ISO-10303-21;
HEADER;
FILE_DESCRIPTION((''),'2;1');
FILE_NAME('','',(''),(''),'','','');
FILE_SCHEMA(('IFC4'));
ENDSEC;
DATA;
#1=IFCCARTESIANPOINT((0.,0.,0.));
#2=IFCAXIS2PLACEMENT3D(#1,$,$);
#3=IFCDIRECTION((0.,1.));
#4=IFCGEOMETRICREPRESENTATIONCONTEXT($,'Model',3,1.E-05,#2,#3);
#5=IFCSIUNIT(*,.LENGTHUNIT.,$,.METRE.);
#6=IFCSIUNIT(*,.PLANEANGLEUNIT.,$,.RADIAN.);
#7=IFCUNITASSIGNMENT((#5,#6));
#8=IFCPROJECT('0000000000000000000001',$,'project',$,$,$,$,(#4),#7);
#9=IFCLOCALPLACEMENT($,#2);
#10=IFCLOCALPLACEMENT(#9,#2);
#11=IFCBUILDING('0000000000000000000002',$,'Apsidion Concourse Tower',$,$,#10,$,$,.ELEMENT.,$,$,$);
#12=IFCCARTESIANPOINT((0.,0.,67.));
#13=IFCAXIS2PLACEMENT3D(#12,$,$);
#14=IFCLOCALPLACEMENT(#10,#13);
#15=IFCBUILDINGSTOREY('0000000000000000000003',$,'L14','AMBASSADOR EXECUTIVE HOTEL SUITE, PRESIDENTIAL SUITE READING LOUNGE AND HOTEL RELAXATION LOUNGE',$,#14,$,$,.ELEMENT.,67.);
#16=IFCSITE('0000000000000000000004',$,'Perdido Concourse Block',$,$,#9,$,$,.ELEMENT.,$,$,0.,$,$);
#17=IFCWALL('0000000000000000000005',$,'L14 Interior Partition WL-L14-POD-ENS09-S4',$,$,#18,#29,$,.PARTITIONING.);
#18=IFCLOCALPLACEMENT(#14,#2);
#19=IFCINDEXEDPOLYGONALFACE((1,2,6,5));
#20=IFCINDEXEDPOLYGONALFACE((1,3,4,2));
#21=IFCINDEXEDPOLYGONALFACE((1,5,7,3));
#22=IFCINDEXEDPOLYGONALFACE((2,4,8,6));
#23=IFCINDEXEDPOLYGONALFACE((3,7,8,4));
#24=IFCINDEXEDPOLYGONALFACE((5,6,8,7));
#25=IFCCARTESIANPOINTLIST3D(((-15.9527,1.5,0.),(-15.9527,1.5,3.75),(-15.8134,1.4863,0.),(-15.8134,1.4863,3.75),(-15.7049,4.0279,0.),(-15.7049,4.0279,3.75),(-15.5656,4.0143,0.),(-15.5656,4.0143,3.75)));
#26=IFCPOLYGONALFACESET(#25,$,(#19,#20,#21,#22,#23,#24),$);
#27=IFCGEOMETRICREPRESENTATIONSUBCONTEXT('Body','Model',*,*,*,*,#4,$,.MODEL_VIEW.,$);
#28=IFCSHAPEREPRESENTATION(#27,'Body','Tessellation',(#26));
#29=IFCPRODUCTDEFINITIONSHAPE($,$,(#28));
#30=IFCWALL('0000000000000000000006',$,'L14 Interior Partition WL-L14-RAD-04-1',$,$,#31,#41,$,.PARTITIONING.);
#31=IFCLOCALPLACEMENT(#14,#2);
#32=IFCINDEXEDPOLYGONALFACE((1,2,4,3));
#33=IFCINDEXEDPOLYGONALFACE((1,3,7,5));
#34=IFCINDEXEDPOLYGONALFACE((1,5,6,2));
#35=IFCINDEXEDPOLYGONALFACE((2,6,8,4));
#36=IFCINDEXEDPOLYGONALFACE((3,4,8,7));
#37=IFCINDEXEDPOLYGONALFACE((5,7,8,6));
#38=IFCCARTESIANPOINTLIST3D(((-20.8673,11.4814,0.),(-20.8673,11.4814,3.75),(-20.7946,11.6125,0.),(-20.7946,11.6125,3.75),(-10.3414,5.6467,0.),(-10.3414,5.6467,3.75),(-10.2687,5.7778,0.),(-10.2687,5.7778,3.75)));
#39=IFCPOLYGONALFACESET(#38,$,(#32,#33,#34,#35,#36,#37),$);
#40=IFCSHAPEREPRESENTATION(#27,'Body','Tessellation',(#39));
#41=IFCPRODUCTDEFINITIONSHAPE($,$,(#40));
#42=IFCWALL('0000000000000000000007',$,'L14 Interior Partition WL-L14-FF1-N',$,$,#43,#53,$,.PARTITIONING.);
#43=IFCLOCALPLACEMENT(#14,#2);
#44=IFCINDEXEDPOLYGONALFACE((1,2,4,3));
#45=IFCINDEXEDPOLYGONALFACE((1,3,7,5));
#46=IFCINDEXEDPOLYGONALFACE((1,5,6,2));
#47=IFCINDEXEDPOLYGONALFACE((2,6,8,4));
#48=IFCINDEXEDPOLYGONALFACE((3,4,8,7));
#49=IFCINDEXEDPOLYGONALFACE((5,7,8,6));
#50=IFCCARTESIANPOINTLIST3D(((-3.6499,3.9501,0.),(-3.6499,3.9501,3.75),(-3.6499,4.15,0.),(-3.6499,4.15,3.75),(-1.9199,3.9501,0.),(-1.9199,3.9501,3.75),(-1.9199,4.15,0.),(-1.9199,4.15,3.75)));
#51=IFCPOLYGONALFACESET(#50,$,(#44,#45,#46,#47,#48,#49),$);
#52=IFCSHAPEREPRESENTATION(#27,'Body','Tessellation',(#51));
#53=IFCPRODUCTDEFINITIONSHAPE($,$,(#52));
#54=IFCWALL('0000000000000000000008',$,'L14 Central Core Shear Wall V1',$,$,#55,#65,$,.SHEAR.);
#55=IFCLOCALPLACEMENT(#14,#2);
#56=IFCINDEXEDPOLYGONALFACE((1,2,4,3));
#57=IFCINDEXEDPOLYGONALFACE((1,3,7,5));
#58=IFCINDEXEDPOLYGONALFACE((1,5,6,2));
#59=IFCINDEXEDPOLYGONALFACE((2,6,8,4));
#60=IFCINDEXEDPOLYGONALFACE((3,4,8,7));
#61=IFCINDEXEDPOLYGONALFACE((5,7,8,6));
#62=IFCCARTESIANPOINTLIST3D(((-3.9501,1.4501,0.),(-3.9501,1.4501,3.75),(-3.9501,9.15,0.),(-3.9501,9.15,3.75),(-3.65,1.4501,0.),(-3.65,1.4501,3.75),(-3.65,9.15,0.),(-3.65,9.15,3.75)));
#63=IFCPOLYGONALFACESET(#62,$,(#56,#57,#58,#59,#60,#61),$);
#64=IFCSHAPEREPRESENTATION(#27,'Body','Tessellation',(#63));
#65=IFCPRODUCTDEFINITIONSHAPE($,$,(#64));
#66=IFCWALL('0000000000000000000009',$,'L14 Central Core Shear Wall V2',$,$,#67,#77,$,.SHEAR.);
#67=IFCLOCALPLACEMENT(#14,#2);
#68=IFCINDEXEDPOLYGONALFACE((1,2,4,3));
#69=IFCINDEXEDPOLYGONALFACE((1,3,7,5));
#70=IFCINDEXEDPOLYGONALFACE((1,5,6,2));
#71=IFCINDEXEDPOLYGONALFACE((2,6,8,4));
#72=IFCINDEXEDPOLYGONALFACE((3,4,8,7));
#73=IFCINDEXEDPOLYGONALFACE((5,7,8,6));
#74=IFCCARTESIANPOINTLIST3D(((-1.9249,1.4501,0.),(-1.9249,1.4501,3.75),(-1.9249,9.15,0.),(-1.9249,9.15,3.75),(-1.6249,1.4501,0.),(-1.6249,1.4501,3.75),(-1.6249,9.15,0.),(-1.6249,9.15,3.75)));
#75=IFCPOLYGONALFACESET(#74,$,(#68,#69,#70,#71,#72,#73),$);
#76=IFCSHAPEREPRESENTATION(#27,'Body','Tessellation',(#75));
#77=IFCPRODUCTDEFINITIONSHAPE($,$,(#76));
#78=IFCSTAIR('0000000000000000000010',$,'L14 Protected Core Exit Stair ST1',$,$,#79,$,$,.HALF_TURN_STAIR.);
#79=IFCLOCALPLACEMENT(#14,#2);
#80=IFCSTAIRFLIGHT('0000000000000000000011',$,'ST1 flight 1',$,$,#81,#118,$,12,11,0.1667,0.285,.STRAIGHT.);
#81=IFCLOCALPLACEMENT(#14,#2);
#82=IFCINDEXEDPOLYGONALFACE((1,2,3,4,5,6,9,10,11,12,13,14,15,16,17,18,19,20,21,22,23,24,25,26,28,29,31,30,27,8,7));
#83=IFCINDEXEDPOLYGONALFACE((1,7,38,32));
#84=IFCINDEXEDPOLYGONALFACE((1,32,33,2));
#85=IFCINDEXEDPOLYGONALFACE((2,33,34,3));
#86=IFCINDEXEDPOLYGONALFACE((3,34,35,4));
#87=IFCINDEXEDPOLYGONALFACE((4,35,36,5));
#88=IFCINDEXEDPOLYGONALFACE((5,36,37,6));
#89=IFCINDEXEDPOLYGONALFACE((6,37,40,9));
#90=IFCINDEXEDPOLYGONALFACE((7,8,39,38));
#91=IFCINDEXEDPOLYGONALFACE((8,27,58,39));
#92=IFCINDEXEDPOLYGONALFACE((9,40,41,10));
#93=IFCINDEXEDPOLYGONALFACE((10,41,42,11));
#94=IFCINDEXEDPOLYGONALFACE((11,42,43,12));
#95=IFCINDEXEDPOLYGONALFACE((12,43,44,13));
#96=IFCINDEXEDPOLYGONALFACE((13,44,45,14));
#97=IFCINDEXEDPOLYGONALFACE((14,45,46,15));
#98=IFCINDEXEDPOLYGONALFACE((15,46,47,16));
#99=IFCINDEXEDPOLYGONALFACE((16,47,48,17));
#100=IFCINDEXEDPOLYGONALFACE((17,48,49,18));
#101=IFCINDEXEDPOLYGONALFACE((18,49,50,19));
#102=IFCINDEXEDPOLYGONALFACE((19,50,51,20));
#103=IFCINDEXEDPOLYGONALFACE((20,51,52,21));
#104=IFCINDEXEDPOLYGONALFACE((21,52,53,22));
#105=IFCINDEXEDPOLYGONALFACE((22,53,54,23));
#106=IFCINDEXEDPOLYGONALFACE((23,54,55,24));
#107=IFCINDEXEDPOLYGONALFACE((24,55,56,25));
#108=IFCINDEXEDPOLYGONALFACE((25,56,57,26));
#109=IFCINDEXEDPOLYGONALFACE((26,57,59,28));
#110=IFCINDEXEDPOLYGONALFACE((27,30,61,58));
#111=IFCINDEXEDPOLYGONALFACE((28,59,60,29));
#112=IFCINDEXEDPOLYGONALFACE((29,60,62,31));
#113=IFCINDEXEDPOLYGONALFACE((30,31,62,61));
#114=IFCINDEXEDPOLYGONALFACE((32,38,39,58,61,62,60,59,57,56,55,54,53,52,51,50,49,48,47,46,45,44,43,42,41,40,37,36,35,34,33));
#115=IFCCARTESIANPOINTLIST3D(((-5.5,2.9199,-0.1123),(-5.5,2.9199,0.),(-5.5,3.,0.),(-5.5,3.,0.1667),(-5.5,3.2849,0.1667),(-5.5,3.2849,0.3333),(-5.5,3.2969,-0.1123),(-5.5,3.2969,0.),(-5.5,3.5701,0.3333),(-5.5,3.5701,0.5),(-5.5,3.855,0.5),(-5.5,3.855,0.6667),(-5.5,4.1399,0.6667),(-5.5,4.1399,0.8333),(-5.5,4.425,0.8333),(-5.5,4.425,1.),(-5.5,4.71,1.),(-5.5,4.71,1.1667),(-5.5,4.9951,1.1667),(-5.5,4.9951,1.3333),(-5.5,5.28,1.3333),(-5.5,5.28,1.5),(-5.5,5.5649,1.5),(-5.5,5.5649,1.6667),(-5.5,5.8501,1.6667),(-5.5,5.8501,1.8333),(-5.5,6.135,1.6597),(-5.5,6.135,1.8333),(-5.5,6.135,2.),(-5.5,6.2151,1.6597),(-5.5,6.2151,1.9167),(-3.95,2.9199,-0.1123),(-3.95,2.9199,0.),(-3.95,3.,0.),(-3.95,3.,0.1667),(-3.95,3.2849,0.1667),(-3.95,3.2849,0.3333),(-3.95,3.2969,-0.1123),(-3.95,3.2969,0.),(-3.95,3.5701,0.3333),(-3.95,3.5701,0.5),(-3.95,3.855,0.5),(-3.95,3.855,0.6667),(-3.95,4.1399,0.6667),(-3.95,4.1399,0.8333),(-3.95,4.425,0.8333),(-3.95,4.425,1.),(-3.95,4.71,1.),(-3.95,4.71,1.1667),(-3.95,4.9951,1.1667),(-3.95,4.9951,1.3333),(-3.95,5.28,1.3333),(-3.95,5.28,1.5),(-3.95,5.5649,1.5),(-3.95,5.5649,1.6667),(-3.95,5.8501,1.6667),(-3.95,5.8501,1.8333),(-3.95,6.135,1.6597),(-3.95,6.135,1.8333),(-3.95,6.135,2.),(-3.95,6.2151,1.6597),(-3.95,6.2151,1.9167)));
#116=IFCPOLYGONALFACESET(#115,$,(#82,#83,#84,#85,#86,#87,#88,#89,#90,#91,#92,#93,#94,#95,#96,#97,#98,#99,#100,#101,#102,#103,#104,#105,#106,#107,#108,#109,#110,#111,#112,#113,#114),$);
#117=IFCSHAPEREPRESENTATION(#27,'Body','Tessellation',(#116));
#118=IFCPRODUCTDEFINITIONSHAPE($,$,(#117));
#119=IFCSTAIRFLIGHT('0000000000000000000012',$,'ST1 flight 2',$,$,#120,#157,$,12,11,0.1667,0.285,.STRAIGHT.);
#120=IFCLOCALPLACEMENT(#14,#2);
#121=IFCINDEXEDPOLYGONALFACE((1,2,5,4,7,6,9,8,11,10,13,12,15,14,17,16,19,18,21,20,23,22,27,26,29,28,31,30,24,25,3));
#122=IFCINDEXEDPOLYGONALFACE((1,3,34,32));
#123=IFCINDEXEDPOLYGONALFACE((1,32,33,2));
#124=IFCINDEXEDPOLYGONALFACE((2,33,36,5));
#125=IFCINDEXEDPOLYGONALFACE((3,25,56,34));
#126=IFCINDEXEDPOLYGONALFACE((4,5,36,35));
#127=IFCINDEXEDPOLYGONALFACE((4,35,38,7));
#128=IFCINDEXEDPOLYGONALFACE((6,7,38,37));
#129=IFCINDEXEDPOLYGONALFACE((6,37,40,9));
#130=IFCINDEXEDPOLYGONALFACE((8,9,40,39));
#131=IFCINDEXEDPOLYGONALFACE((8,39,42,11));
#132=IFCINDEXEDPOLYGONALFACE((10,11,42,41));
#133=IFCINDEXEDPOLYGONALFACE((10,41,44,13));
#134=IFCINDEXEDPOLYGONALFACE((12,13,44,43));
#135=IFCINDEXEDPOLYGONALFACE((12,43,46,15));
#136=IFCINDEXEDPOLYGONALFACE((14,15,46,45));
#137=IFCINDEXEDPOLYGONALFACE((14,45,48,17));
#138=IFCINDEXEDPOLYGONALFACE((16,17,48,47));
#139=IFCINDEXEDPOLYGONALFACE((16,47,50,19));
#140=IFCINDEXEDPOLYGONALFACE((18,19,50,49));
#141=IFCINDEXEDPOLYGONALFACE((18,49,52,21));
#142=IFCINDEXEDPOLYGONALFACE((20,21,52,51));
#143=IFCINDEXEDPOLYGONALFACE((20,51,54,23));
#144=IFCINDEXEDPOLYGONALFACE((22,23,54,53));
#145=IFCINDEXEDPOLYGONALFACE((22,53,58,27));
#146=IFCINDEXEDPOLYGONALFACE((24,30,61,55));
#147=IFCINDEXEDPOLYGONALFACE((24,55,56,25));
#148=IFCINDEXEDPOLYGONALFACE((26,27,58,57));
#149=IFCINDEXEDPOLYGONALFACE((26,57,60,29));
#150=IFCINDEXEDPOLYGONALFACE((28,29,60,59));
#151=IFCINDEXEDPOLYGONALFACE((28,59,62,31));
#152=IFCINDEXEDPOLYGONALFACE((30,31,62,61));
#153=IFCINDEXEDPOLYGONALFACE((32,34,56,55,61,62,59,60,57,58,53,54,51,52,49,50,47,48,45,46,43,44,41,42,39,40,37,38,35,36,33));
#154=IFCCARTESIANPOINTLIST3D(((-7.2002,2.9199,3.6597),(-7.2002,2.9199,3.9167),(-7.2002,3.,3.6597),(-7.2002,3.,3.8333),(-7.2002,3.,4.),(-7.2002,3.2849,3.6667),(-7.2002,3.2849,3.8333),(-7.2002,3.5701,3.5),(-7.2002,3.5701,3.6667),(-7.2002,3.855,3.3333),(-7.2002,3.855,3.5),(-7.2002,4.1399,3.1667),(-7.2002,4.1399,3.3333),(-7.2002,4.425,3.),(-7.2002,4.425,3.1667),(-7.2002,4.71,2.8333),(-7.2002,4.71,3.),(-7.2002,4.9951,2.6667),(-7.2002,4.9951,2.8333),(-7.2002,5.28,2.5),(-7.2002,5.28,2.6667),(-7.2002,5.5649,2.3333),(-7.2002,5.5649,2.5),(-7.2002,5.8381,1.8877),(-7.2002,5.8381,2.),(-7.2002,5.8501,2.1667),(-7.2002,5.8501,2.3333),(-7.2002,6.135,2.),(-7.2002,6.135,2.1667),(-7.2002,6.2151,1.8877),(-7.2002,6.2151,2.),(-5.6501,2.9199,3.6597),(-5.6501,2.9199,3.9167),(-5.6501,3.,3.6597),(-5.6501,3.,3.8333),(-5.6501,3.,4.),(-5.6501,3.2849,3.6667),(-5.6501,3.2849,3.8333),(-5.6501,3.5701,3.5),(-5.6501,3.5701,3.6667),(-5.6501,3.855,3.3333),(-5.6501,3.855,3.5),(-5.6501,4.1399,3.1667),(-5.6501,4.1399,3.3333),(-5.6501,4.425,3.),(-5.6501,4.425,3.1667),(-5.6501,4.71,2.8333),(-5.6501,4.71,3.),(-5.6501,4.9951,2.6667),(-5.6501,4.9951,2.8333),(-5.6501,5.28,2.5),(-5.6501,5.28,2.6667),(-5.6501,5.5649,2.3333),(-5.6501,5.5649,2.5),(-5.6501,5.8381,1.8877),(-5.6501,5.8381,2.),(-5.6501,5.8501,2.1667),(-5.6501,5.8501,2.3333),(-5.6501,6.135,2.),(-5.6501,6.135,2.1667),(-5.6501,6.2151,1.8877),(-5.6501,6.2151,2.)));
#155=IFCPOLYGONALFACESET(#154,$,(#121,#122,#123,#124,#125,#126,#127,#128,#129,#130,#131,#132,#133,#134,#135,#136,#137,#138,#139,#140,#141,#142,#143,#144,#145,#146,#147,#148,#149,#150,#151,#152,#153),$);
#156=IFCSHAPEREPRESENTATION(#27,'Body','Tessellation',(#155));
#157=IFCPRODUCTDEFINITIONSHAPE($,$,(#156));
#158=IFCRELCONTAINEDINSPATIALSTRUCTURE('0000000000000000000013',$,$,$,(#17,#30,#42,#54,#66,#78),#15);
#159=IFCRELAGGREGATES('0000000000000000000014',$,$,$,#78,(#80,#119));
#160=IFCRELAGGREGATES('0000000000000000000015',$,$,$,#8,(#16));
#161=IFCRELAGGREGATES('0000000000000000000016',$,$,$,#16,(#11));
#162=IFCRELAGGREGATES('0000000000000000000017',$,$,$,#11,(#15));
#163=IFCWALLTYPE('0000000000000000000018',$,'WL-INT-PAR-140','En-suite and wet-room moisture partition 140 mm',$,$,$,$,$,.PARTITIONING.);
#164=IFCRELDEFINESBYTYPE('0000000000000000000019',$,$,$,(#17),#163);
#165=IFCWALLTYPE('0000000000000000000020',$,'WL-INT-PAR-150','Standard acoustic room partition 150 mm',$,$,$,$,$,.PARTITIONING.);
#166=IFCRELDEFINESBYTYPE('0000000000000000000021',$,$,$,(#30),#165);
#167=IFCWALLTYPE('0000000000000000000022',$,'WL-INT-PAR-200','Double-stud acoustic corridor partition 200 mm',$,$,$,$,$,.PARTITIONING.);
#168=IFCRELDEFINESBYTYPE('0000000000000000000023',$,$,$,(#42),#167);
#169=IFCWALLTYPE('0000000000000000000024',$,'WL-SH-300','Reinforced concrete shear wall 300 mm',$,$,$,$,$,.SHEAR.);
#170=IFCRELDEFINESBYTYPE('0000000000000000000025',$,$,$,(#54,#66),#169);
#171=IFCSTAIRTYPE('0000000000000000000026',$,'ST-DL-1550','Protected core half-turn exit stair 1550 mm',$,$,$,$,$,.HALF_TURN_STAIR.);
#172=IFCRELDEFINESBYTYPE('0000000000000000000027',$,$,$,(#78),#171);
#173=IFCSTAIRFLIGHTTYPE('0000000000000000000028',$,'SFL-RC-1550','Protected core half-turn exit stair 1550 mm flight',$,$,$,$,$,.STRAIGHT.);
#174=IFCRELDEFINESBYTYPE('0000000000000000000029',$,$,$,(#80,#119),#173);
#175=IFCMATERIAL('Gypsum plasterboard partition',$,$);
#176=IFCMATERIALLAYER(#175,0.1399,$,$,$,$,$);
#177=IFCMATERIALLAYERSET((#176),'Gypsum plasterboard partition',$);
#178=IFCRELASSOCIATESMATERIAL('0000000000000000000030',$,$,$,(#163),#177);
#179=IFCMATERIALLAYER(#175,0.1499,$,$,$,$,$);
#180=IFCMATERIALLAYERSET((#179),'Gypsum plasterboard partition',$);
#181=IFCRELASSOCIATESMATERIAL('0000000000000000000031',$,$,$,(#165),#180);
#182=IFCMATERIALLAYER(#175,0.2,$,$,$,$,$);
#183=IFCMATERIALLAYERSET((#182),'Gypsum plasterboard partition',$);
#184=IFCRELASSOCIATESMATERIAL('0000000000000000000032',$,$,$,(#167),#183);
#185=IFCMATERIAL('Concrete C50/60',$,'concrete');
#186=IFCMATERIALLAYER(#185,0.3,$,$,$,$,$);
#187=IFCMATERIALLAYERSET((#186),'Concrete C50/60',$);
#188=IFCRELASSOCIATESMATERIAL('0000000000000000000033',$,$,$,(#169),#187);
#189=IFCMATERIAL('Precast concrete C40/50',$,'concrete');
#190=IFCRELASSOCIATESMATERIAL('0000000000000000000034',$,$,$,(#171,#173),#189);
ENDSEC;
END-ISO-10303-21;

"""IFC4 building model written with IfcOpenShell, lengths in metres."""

from ifc_helpers import new_model, si_unit, direction, frame, frame_2d, origin, place, context, subcontext, project, spatial, polyline, rectangle, outline, extrude, material, layer, layer_set, type_object, element, aggregate, save


model = new_model("IFC4")

# Units and contexts
model_context = context("Model", 3, precision=1e-05, world=origin(), true_north=direction((0.0, 1.0)))
body_context = subcontext(model_context, "Body", "Model", "MODEL_VIEW")
ifc_project = project(units=[si_unit("LENGTHUNIT", "METRE"), si_unit("PLANEANGLEUNIT", "RADIAN")], contexts=[model_context])

# Site, building, storey
site_placement = place(None, origin())
site = spatial("IfcSite", under=ifc_project, at=site_placement, Name="Perdido Concourse Block", CompositionType="ELEMENT", RefElevation=0.0)
building_placement = place(site_placement, origin())
building = spatial("IfcBuilding", under=site, at=building_placement, Name="Apsidion Concourse Tower", CompositionType="ELEMENT")
storey_placement = place(building_placement, frame((0.0, 0.0, 67.0)))
storey = spatial("IfcBuildingStorey", under=building, at=storey_placement, Name="L14", Description="AMBASSADOR EXECUTIVE HOTEL SUITE, PRESIDENTIAL SUITE READING LOUNGE AND HOTEL RELAXATION LOUNGE", CompositionType="ELEMENT", Elevation=67.0)

# Shared definitions
ifc_material_1 = material(Name="Concrete C50/60", Category="concrete")

# Shared definitions
ifc_material_2 = material(Name="Gypsum plasterboard partition")
ifc_layer_1 = layer(ifc_material_2, 0.1399)
ifc_layer_set_1 = layer_set([ifc_layer_1], Name="Gypsum plasterboard partition")
wall_type_1 = type_object("IfcWallType", Name="WL-INT-PAR-140", Description="En-suite and wet-room moisture partition 140 mm", PredefinedType="PARTITIONING", material=ifc_layer_set_1)

# Walls
wall_1_placement = place(storey_placement, frame((-15.8831, 1.4932, 0.0), z_axis=(0.0, 0.0, 1.0), x_axis=(0.097562, 0.995229, 0.0)))
element("IfcWall", 1, at=wall_1_placement, inside=storey, type_object=wall_type_1, Name="L14 Interior Partition WL-L14-POD-ENS09-S4", PredefinedType="PARTITIONING", context=body_context, shape_type="SweptSolid", body=[
    extrude(rectangle(XDim=2.54, YDim=0.1399, at=frame_2d((1.27, 0.0))), origin(), (0.0, 0.0, 1.0), 3.75),
])
ifc_layer_2 = layer(ifc_material_2, 0.1499)
ifc_layer_set_2 = layer_set([ifc_layer_2], Name="Gypsum plasterboard partition")
wall_type_2 = type_object("IfcWallType", Name="WL-INT-PAR-150", Description="Standard acoustic room partition 150 mm", PredefinedType="PARTITIONING", material=ifc_layer_set_2)
wall_2_placement = place(storey_placement, frame((-10.3049, 5.7122, 0.0), z_axis=(0.0, 0.0, 1.0), x_axis=(-0.874615, 0.484818, 0.0)))
element("IfcWall", 2, at=wall_2_placement, inside=storey, type_object=wall_type_2, Name="L14 Interior Partition WL-L14-RAD-04-1", PredefinedType="PARTITIONING", context=body_context, shape_type="SweptSolid", body=[
    extrude(rectangle(XDim=12.0349, YDim=0.1499, at=frame_2d((6.0176, 0.0))), origin(), (0.0, 0.0, 1.0), 3.75),
])
ifc_layer_3 = layer(ifc_material_2, 0.2)
ifc_layer_set_3 = layer_set([ifc_layer_3], Name="Gypsum plasterboard partition")
wall_type_3 = type_object("IfcWallType", Name="WL-INT-PAR-200", Description="Double-stud acoustic corridor partition 200 mm", PredefinedType="PARTITIONING", material=ifc_layer_set_3)
wall_3_placement = place(storey_placement, frame((-3.6499, 4.05, 0.0), z_axis=(0.0, 0.0, 1.0), x_axis=(1.0, 0.0, 0.0)))
element("IfcWall", 3, at=wall_3_placement, inside=storey, type_object=wall_type_3, Name="L14 Interior Partition WL-L14-FF1-N", PredefinedType="PARTITIONING", context=body_context, shape_type="SweptSolid", body=[
    extrude(rectangle(XDim=1.73, YDim=0.2, at=frame_2d((0.865, 0.0))), origin(), (0.0, 0.0, 1.0), 3.75),
])
ifc_layer_4 = layer(ifc_material_1, 0.3)
ifc_layer_set_4 = layer_set([ifc_layer_4], Name="Concrete C50/60")
wall_type_4 = type_object("IfcWallType", Name="WL-SH-300", Description="Reinforced concrete shear wall 300 mm", PredefinedType="SHEAR", material=ifc_layer_set_4)
for number, where, z_axis, x_axis, name in (
    (4, (-3.8, 1.45, 0.0), (0.0, 0.0, 1.0), (0.0, 1.0, 0.0), "L14 Central Core Shear Wall V1"),
    (5, (-1.7749, 1.45, 0.0), (0.0, 0.0, 1.0), (0.0, 1.0, 0.0), "L14 Central Core Shear Wall V2"),
):
    element("IfcWall", number, at=place(storey_placement, frame(where, z_axis=z_axis, x_axis=x_axis)), inside=storey, type_object=wall_type_4, Name=name, PredefinedType="SHEAR", context=body_context, shape_type="SweptSolid", body=[
        extrude(rectangle(XDim=7.7, YDim=0.3, at=frame_2d((3.8501, 0.0))), origin(), (0.0, 0.0, 1.0), 3.75),
    ])

# Stair, stair flights
ifc_material_3 = material(Name="Precast concrete C40/50", Category="concrete")
stair_type = type_object("IfcStairType", Name="ST-DL-1550", Description="Protected core half-turn exit stair 1550 mm", PredefinedType="HALF_TURN_STAIR", material=ifc_material_3)
stair_placement = place(storey_placement, origin())
stair = element("IfcStair", 6, at=stair_placement, inside=storey, type_object=stair_type, Name="L14 Protected Core Exit Stair ST1", PredefinedType="HALF_TURN_STAIR")
stair_flight_type = type_object("IfcStairFlightType", Name="SFL-RC-1550", Description="Protected core half-turn exit stair 1550 mm flight", PredefinedType="STRAIGHT", material=ifc_material_3)
stair_flight_1_placement = place(storey_placement, frame((-4.7251, 3.0, 0.0), z_axis=(0.0, 0.0, 1.0), x_axis=(0.0, 1.0, 0.0)))
stair_flight_1 = element("IfcStairFlight", 7, at=stair_flight_1_placement, type_object=stair_flight_type, Name="ST1 flight 1", NumberOfRisers=12, NumberOfTreads=11, PredefinedType="STRAIGHT", RiserHeight=0.1667, TreadLength=0.285, context=body_context, shape_type="SweptSolid", body=[
    extrude(outline(polyline([(-0.0801, -0.1123), (-0.0801, 0.0), (0.0, 0.0), (0.0, 0.1667), (0.2849, 0.1667), (0.2849, 0.3333), (0.5701, 0.3333), (0.5701, 0.5), (0.855, 0.5), (0.855, 0.6667), (1.1399, 0.6667), (1.1399, 0.8333), (1.425, 0.8333), (1.425, 1.0), (1.71, 1.0), (1.71, 1.1667), (1.9951, 1.1667), (1.9951, 1.3333), (2.28, 1.3333), (2.28, 1.5), (2.5649, 1.5), (2.5649, 1.6667), (2.8501, 1.6667), (2.8501, 1.8333), (3.135, 1.8333), (3.135, 2.0), (3.2151, 1.9167), (3.2151, 1.6597), (3.135, 1.6597), (0.2969, 0.0), (0.2969, -0.1123), (-0.0801, -0.1123)])), frame((0.0, 0.7749, 0.0), z_axis=(0.0, -1.0, 0.0), x_axis=(1.0, 0.0, 0.0)), (0.0, 0.0, 1.0), 1.55),
])
stair_flight_2_placement = place(storey_placement, frame((-6.425, 6.135, 2.0), z_axis=(0.0, 0.0, 1.0), x_axis=(0.0, -1.0, 0.0)))
stair_flight_2 = element("IfcStairFlight", 8, at=stair_flight_2_placement, type_object=stair_flight_type, Name="ST1 flight 2", NumberOfRisers=12, NumberOfTreads=11, PredefinedType="STRAIGHT", RiserHeight=0.1667, TreadLength=0.285, context=body_context, shape_type="SweptSolid", body=[
    extrude(outline(polyline([(-0.0801, -0.1123), (-0.0801, 0.0), (0.0, 0.0), (0.0, 0.1667), (0.2849, 0.1667), (0.2849, 0.3333), (0.5701, 0.3333), (0.5701, 0.5), (0.855, 0.5), (0.855, 0.6667), (1.1399, 0.6667), (1.1399, 0.8333), (1.425, 0.8333), (1.425, 1.0), (1.71, 1.0), (1.71, 1.1667), (1.9951, 1.1667), (1.9951, 1.3333), (2.28, 1.3333), (2.28, 1.5), (2.5649, 1.5), (2.5649, 1.6667), (2.8501, 1.6667), (2.8501, 1.8333), (3.135, 1.8333), (3.135, 2.0), (3.2151, 1.9167), (3.2151, 1.6597), (3.135, 1.6597), (0.2969, 0.0), (0.2969, -0.1123), (-0.0801, -0.1123)])), frame((0.0, 0.7749, 0.0), z_axis=(0.0, -1.0, 0.0), x_axis=(1.0, 0.0, 0.0)), (0.0, 0.0, 1.0), 1.55),
])
aggregate(stair, [stair_flight_1, stair_flight_2])

save(model, "model.ifc")
